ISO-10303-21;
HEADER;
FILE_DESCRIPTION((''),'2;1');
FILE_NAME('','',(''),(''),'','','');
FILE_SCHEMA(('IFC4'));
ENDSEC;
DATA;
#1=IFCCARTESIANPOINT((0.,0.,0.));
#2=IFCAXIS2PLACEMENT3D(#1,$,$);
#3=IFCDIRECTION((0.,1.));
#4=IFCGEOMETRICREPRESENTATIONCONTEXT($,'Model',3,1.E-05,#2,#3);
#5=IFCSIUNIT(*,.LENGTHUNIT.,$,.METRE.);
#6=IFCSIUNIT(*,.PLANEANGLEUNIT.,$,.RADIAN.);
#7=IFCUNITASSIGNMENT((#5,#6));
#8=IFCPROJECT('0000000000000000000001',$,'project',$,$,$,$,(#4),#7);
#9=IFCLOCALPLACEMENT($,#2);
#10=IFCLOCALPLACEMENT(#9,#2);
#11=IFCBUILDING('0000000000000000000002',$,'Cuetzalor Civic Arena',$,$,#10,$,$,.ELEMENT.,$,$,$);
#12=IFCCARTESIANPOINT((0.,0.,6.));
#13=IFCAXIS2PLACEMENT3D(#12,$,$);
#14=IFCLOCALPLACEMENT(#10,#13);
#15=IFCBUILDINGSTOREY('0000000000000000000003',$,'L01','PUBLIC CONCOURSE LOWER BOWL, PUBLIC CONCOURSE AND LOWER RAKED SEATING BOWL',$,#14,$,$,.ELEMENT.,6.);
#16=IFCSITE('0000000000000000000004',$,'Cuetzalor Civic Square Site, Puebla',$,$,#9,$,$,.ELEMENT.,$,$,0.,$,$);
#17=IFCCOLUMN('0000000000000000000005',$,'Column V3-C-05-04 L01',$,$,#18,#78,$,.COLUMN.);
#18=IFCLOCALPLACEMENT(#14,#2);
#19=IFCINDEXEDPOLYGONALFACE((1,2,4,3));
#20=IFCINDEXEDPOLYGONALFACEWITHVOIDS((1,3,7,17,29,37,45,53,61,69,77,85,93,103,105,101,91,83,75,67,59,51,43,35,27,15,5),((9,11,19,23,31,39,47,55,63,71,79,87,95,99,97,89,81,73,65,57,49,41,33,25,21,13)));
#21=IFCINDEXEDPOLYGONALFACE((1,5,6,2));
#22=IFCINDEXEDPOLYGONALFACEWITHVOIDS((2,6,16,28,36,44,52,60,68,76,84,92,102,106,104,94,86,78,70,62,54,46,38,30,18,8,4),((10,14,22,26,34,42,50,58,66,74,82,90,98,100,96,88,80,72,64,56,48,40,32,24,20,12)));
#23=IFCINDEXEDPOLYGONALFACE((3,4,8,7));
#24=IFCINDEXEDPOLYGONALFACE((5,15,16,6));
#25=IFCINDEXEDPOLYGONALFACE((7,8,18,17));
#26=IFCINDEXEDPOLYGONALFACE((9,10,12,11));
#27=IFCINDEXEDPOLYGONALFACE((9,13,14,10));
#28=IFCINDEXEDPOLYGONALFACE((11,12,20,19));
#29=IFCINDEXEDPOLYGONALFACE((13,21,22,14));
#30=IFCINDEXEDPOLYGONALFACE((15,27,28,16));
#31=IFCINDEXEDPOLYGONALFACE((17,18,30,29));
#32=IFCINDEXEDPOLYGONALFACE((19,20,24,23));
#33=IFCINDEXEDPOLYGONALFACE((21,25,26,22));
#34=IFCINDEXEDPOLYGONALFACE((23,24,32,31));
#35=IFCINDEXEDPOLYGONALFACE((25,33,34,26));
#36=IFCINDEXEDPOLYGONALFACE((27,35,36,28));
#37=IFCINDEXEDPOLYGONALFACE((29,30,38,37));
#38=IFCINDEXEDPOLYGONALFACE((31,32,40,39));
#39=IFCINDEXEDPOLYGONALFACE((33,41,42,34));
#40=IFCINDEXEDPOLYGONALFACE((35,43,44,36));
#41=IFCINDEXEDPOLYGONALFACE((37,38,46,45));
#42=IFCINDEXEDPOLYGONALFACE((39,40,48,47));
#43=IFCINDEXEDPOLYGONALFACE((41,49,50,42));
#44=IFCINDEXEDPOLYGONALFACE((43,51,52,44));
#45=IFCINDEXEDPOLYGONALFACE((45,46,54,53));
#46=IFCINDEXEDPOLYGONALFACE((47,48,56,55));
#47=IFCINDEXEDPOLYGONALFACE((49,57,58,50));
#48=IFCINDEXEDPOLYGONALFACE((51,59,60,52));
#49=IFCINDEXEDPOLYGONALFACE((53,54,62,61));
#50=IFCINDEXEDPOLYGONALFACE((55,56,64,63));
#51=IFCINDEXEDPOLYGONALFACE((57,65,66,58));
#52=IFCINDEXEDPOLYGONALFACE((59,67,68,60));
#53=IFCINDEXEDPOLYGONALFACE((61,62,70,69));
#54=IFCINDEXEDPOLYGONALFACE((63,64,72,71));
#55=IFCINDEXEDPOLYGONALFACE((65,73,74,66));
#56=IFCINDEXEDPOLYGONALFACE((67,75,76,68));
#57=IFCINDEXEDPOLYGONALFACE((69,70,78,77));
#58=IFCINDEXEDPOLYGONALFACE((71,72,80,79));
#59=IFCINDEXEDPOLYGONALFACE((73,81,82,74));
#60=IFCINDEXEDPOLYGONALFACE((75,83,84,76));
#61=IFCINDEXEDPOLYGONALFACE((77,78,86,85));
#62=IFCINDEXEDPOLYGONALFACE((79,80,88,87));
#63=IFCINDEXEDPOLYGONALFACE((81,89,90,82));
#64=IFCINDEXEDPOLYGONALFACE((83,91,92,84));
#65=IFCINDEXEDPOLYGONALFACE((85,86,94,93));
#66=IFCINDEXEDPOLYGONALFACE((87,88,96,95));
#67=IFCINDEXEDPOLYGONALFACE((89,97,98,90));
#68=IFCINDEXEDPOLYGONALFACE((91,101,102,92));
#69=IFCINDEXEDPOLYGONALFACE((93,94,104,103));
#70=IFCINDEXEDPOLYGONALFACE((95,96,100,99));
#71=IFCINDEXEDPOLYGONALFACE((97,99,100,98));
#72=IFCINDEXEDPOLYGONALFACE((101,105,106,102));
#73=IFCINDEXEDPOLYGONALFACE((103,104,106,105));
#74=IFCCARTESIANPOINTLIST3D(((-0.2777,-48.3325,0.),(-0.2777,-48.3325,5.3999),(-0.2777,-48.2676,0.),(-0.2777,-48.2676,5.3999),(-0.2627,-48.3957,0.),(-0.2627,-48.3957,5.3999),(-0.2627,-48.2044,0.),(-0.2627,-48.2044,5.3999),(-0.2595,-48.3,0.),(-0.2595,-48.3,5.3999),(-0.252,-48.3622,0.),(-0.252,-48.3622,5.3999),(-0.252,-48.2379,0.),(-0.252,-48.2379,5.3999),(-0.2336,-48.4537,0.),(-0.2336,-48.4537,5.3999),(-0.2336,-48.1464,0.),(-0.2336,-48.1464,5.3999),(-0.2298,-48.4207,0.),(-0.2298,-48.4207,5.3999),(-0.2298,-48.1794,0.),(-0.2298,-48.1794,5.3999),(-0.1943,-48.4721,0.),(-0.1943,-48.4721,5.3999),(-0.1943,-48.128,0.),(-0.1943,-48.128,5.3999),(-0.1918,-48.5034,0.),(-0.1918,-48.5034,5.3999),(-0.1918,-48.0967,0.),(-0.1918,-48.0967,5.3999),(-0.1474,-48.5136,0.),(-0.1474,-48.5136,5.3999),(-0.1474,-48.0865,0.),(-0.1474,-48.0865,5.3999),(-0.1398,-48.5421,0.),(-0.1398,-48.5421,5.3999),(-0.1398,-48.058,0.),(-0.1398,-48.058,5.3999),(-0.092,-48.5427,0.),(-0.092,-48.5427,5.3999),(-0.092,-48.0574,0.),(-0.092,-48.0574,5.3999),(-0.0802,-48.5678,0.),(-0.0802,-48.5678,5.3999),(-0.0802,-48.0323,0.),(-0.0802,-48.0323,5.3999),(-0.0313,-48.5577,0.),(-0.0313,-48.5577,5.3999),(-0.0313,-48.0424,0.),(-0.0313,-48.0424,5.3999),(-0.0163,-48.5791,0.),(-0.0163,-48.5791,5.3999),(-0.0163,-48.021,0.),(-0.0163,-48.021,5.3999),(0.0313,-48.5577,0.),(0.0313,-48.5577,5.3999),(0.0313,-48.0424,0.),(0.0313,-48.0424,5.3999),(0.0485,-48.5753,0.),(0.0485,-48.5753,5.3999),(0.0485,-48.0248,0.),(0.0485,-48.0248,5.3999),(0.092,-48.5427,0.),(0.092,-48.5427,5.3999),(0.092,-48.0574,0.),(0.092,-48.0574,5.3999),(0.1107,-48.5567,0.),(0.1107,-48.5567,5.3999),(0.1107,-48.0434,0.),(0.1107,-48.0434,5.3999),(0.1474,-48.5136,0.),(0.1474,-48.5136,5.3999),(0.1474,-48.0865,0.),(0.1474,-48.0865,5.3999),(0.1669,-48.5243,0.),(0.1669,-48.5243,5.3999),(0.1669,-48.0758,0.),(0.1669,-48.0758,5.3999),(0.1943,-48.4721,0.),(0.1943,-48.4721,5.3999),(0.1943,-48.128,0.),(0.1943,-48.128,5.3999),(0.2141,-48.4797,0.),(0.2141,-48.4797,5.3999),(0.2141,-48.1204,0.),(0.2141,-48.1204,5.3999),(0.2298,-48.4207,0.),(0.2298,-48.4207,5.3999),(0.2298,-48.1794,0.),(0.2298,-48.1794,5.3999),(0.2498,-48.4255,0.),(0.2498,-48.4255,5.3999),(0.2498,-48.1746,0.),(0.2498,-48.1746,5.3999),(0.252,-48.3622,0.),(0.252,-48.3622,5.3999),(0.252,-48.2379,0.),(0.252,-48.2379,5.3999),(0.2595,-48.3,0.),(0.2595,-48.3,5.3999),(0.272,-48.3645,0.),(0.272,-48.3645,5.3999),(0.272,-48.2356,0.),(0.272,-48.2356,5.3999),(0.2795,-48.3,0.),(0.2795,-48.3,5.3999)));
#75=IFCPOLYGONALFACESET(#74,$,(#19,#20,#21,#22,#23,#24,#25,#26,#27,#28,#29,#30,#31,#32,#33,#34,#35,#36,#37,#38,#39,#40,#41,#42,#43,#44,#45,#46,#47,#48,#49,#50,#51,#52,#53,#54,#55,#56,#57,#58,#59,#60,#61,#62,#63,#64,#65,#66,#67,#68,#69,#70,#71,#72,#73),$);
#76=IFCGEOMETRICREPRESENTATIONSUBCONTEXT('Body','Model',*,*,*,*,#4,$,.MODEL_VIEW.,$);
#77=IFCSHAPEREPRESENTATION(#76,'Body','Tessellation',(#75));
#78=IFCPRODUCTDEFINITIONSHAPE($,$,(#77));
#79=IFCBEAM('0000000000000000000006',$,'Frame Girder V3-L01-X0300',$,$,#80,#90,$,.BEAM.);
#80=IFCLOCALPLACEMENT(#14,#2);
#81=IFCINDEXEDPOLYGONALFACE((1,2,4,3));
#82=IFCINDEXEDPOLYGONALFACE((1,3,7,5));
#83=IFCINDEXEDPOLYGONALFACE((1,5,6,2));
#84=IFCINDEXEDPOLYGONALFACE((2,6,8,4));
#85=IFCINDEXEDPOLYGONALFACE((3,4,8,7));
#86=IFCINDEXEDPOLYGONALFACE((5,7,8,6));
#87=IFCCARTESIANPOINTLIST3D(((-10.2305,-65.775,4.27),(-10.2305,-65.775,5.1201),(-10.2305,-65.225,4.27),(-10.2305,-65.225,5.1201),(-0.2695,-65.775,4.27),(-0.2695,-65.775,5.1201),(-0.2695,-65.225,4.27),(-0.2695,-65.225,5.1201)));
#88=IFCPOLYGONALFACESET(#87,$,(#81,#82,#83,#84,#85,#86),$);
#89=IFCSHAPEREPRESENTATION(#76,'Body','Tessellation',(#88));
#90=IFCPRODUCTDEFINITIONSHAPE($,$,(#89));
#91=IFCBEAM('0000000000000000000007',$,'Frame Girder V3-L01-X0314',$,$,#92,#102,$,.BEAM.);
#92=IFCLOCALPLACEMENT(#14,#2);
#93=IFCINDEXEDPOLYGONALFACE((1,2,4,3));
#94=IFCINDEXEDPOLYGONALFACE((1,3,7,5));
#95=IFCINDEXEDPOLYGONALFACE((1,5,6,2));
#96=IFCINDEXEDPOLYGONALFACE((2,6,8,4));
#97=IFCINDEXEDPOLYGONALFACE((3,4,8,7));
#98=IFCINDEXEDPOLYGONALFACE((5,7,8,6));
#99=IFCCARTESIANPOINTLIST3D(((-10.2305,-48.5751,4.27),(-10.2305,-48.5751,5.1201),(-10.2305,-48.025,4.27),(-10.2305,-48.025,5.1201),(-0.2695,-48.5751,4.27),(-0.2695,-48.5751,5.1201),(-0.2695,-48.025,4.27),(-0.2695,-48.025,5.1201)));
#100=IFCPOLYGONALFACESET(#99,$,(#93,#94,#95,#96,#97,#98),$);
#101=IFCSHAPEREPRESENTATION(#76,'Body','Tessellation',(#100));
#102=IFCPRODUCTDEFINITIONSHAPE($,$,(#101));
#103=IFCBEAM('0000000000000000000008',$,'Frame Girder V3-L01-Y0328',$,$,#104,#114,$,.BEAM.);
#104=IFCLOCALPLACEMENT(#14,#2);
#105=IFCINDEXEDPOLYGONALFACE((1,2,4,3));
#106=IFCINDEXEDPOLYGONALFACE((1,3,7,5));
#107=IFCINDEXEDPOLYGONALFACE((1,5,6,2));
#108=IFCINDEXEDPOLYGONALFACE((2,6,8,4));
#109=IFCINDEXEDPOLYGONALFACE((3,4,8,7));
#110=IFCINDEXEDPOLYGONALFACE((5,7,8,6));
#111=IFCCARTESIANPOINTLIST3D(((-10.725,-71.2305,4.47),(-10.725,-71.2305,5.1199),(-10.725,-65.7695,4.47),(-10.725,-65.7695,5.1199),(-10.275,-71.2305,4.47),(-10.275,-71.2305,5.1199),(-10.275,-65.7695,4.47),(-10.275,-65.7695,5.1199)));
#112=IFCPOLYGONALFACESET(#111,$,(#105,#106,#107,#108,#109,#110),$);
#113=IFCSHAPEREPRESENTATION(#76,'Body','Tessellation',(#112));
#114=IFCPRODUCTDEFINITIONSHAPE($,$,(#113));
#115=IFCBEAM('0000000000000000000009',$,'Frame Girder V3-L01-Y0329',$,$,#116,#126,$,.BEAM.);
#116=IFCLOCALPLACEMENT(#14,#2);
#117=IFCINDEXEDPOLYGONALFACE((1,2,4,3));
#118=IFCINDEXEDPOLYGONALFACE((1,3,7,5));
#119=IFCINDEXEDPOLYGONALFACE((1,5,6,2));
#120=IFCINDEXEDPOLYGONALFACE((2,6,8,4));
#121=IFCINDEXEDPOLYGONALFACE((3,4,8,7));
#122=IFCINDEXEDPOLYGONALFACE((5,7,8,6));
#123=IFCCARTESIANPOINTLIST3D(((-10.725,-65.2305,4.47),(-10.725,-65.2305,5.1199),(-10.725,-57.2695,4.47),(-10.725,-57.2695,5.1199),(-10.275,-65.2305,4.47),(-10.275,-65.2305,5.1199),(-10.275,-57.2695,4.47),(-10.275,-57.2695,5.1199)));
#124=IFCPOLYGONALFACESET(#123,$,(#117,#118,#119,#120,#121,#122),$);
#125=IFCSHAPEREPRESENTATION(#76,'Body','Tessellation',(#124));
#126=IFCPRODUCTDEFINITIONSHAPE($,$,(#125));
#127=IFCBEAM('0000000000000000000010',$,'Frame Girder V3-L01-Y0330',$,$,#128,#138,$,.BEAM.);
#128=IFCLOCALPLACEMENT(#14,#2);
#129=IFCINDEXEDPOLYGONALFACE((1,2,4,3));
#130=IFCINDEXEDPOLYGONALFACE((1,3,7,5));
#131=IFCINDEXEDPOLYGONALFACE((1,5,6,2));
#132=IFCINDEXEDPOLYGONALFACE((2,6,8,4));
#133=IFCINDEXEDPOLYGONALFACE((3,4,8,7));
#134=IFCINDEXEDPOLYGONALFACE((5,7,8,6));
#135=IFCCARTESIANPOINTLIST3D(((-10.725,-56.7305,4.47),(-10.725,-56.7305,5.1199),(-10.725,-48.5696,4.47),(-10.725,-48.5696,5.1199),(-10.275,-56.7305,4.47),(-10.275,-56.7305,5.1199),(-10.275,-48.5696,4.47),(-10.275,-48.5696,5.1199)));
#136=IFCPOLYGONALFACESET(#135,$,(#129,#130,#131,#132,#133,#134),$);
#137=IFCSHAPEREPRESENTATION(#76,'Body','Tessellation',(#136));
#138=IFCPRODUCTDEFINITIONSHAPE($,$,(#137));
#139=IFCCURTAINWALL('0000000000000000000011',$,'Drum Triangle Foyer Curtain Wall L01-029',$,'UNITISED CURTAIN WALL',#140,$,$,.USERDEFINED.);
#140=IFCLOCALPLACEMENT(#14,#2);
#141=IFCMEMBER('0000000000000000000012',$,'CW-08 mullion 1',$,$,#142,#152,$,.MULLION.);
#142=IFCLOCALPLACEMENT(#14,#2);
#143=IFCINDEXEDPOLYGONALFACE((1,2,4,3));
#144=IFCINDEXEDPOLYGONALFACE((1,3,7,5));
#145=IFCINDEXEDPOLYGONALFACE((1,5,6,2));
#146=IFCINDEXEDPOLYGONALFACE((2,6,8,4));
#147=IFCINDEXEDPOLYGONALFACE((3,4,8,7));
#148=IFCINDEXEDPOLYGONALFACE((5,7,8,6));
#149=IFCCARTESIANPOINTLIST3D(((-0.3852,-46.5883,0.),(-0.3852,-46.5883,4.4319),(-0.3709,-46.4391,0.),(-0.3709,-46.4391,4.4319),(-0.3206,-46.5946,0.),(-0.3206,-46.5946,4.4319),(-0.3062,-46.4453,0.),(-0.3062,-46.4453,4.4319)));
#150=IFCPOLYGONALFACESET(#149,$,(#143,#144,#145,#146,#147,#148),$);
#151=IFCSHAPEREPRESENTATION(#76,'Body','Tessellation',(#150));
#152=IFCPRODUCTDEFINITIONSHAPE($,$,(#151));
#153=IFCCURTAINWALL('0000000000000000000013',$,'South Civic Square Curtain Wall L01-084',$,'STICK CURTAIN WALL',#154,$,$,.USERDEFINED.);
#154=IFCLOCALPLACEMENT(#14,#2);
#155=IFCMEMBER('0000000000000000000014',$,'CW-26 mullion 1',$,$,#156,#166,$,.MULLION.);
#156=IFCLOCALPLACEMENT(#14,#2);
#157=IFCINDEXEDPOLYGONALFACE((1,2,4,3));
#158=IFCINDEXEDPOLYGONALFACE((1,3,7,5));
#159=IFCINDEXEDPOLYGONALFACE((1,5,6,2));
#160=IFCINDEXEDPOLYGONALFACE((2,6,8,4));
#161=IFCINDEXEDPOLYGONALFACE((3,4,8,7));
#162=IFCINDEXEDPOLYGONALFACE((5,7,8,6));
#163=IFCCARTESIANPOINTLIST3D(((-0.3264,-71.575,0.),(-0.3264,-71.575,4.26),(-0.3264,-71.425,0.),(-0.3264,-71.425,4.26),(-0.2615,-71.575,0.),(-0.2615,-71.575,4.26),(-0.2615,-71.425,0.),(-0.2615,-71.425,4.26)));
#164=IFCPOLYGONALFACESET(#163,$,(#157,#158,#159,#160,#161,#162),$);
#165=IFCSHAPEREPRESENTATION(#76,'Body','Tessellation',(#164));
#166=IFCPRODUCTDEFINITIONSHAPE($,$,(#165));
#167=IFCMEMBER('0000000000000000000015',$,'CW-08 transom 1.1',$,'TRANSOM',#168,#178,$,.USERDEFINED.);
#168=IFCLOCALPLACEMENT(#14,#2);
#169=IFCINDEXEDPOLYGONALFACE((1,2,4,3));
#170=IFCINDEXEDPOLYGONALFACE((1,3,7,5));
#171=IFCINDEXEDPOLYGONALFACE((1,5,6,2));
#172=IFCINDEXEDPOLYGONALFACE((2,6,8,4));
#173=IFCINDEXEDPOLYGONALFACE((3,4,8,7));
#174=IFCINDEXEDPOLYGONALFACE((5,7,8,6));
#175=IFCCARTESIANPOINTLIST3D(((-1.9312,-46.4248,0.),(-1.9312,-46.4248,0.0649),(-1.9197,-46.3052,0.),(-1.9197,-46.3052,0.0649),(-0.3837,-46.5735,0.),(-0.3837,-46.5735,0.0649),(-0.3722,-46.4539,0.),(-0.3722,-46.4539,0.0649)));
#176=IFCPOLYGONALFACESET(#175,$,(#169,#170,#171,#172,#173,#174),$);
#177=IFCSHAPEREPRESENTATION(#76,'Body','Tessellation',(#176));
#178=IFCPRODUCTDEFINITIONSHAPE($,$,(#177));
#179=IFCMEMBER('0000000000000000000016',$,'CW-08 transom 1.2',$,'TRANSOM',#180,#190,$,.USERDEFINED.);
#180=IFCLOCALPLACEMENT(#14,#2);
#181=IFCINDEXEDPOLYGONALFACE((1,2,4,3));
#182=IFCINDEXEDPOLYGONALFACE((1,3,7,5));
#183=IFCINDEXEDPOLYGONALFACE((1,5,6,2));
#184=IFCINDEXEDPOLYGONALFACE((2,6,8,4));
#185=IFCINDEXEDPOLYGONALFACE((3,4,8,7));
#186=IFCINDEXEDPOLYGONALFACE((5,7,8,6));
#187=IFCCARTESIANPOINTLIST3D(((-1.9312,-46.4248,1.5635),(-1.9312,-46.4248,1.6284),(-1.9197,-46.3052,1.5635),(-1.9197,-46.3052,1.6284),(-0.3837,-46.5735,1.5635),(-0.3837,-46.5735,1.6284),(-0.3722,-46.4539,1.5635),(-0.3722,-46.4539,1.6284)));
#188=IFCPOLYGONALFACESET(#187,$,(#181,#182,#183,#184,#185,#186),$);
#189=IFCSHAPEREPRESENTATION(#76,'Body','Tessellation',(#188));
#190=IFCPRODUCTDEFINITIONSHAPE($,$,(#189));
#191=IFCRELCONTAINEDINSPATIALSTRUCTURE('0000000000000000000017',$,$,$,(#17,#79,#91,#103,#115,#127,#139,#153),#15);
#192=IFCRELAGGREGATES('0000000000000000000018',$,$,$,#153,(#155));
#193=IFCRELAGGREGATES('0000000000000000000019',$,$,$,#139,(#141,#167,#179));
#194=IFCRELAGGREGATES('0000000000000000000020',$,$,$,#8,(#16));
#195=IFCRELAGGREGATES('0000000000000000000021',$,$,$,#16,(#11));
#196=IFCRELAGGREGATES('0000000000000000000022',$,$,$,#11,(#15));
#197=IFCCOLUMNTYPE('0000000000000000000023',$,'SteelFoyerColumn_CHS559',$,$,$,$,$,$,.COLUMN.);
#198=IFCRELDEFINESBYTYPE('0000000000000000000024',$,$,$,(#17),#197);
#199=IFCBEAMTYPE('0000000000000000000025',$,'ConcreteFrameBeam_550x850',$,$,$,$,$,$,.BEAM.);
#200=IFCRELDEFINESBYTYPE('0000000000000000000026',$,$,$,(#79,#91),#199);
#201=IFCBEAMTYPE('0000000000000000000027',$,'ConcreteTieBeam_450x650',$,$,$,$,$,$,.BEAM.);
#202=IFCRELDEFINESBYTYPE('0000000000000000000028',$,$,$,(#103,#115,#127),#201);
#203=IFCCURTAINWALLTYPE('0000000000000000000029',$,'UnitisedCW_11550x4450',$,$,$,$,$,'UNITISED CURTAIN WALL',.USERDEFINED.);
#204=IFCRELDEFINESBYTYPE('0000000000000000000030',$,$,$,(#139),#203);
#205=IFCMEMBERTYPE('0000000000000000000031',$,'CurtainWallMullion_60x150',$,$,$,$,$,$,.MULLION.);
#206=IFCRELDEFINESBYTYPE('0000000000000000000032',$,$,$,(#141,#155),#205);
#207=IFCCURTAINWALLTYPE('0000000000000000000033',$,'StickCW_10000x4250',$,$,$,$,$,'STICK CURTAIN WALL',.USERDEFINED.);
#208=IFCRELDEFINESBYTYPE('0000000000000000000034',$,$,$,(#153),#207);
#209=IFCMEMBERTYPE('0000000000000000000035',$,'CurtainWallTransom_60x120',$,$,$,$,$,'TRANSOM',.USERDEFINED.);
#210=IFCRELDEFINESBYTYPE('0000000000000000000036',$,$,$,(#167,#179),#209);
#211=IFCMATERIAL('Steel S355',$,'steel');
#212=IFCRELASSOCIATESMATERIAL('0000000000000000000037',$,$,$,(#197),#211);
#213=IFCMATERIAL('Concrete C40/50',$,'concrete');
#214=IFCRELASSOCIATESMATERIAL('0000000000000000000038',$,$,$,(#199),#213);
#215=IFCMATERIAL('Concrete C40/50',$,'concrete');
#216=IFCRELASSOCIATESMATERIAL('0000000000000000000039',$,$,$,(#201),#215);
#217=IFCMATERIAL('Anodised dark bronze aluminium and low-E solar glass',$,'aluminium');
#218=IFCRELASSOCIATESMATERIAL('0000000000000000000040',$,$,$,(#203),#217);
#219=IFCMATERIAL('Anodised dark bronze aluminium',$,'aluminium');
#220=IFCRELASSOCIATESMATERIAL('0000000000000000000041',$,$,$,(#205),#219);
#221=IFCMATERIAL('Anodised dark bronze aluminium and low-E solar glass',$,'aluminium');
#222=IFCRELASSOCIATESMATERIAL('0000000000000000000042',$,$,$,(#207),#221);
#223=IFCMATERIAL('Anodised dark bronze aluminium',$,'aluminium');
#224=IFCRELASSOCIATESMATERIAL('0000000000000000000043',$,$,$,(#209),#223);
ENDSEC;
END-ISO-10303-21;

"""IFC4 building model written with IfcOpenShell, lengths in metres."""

from ifc_helpers import new_model, si_unit, direction, frame, origin, origin_2d, place, context, subcontext, project, spatial, rectangle, hollow_circle, extrude, material, material_profile, profile_set, type_object, element, aggregate, save


model = new_model("IFC4")

# Units and contexts
model_context = context("Model", 3, precision=1e-05, world=origin(), true_north=direction((0.0, 1.0)))
body_context = subcontext(model_context, "Body", "Model", "MODEL_VIEW")
ifc_project = project(units=[si_unit("LENGTHUNIT", "METRE"), si_unit("PLANEANGLEUNIT", "RADIAN")], contexts=[model_context])

# Site, building, storey
site_placement = place(None, origin())
site = spatial("IfcSite", under=ifc_project, at=site_placement, Name="Cuetzalor Civic Square Site, Puebla", CompositionType="ELEMENT", RefElevation=0.0)
building_placement = place(site_placement, origin())
building = spatial("IfcBuilding", under=site, at=building_placement, Name="Cuetzalor Civic Arena", CompositionType="ELEMENT")
storey_placement = place(building_placement, frame((0.0, 0.0, 6.0)))
storey = spatial("IfcBuildingStorey", under=building, at=storey_placement, Name="L01", Description="PUBLIC CONCOURSE LOWER BOWL, PUBLIC CONCOURSE AND LOWER RAKED SEATING BOWL", CompositionType="ELEMENT", Elevation=6.0)

# Column
ifc_material_1 = material(Name="Steel S355", Category="steel")
ifc_material_profile_1 = material_profile(ifc_material_1, hollow_circle(Radius=0.2795, WallThickness=0.02, at=origin_2d()), Name="CHS 559x20")
ifc_profile_set_1 = profile_set([ifc_material_profile_1], Name="Steel S355")
column_type_1 = type_object("IfcColumnType", Name="SteelFoyerColumn_CHS559", PredefinedType="COLUMN", material=ifc_profile_set_1)
for number, where, z_axis, x_axis, name in (
    (1, (0.0, -48.3, 0.0), (0.0, 0.0, 1.0), (1.0, 0.0, 0.0), "Column V3-C-05-04 L01"),
):
    element("IfcColumn", number, at=place(storey_placement, frame(where, z_axis=z_axis, x_axis=x_axis)), inside=storey, type_object=column_type_1, Name=name, PredefinedType="COLUMN", context=body_context, shape_type="SweptSolid", body=[
        extrude(hollow_circle(Radius=0.2795, WallThickness=0.02, at=origin_2d()), origin(), (0.0, 0.0, 1.0), 5.3999),
    ])

# Beams
ifc_material_2 = material(Name="Concrete C40/50", Category="concrete")
ifc_material_profile_2 = material_profile(ifc_material_2, rectangle(XDim=0.55, YDim=0.8501, at=origin_2d()), Name="RC 550x850")
ifc_profile_set_2 = profile_set([ifc_material_profile_2], Name="Concrete C40/50")
beam_type_1 = type_object("IfcBeamType", Name="ConcreteFrameBeam_550x850", PredefinedType="BEAM", material=ifc_profile_set_2)
for number, where, z_axis, x_axis, name in (
    (2, (-10.2305, -65.5, 4.6951), (1.0, 0.0, 0.0), (0.0, 1.0, 0.0), "Frame Girder V3-L01-X0300"),
    (3, (-10.2305, -48.3, 4.6951), (1.0, 0.0, 0.0), (0.0, 1.0, 0.0), "Frame Girder V3-L01-X0314"),
):
    element("IfcBeam", number, at=place(storey_placement, frame(where, z_axis=z_axis, x_axis=x_axis)), inside=storey, type_object=beam_type_1, Name=name, PredefinedType="BEAM", context=body_context, shape_type="SweptSolid", body=[
        extrude(rectangle(XDim=0.55, YDim=0.8501, at=origin_2d()), origin(), (0.0, 0.0, 1.0), 9.9609),
    ])
ifc_material_3 = material(Name="Concrete C40/50", Category="concrete")
ifc_material_profile_3 = material_profile(ifc_material_3, rectangle(XDim=0.45, YDim=0.6499, at=origin_2d()), Name="RC 450x650")
ifc_profile_set_3 = profile_set([ifc_material_profile_3], Name="Concrete C40/50")
beam_type_2 = type_object("IfcBeamType", Name="ConcreteTieBeam_450x650", PredefinedType="BEAM", material=ifc_profile_set_3)
beam_1_placement = place(storey_placement, frame((-10.5, -71.2305, 4.7949), z_axis=(0.0, 1.0, 0.0), x_axis=(-1.0, 0.0, 0.0)))
element("IfcBeam", 4, at=beam_1_placement, inside=storey, type_object=beam_type_2, Name="Frame Girder V3-L01-Y0328", PredefinedType="BEAM", context=body_context, shape_type="SweptSolid", body=[
    extrude(rectangle(XDim=0.45, YDim=0.6499, at=origin_2d()), origin(), (0.0, 0.0, 1.0), 5.4609),
])
beam_2_placement = place(storey_placement, frame((-10.5, -65.2305, 4.7949), z_axis=(0.0, 1.0, 0.0), x_axis=(-1.0, 0.0, 0.0)))
element("IfcBeam", 5, at=beam_2_placement, inside=storey, type_object=beam_type_2, Name="Frame Girder V3-L01-Y0329", PredefinedType="BEAM", context=body_context, shape_type="SweptSolid", body=[
    extrude(rectangle(XDim=0.45, YDim=0.6499, at=origin_2d()), origin(), (0.0, 0.0, 1.0), 7.9609),
])
beam_3_placement = place(storey_placement, frame((-10.5, -56.7305, 4.7949), z_axis=(0.0, 1.0, 0.0), x_axis=(-1.0, 0.0, 0.0)))
element("IfcBeam", 6, at=beam_3_placement, inside=storey, type_object=beam_type_2, Name="Frame Girder V3-L01-Y0330", PredefinedType="BEAM", context=body_context, shape_type="SweptSolid", body=[
    extrude(rectangle(XDim=0.45, YDim=0.6499, at=origin_2d()), origin(), (0.0, 0.0, 1.0), 8.1609),
])

# Curtain walls, members
ifc_material_4 = material(Name="Anodised dark bronze aluminium and low-E solar glass", Category="aluminium")
curtain_wall_type_1 = type_object("IfcCurtainWallType", Name="UnitisedCW_11550x4450", ElementType="UNITISED CURTAIN WALL", PredefinedType="USERDEFINED", material=ifc_material_4)
curtain_wall_1_placement = place(storey_placement, origin())
curtain_wall_1 = element("IfcCurtainWall", 7, at=curtain_wall_1_placement, inside=storey, type_object=curtain_wall_type_1, Name="Drum Triangle Foyer Curtain Wall L01-029", ObjectType="UNITISED CURTAIN WALL", PredefinedType="USERDEFINED")
ifc_material_5 = material(Name="Anodised dark bronze aluminium", Category="aluminium")
ifc_material_profile_4 = material_profile(ifc_material_5, rectangle(XDim=0.0649, YDim=0.1499, at=origin_2d()), Name="ALU MULLION 65x150")
ifc_profile_set_4 = profile_set([ifc_material_profile_4], Name="Anodised dark bronze aluminium")
member_type_1 = type_object("IfcMemberType", Name="CurtainWallMullion_60x150", PredefinedType="MULLION", material=ifc_profile_set_4)
member_1_placement = place(storey_placement, frame((-0.3457, -46.5168, 0.0), z_axis=(0.0, 0.0, 1.0), x_axis=(-0.995409, 0.095711, 0.0)))
member_1 = element("IfcMember", 8, at=member_1_placement, type_object=member_type_1, Name="CW-08 mullion 1", PredefinedType="MULLION", context=body_context, shape_type="SweptSolid", body=[
    extrude(rectangle(XDim=0.0649, YDim=0.1499, at=origin_2d()), origin(), (0.0, 0.0, 1.0), 4.4319),
])
ifc_material_6 = material(Name="Anodised dark bronze aluminium and low-E solar glass", Category="aluminium")
curtain_wall_type_2 = type_object("IfcCurtainWallType", Name="StickCW_10000x4250", ElementType="STICK CURTAIN WALL", PredefinedType="USERDEFINED", material=ifc_material_6)
curtain_wall_2_placement = place(storey_placement, origin())
curtain_wall_2 = element("IfcCurtainWall", 9, at=curtain_wall_2_placement, inside=storey, type_object=curtain_wall_type_2, Name="South Civic Square Curtain Wall L01-084", ObjectType="STICK CURTAIN WALL", PredefinedType="USERDEFINED")
member_2_placement = place(storey_placement, frame((-0.2939, -71.5, 0.0), z_axis=(0.0, 0.0, 1.0), x_axis=(-1.0, 0.0, 0.0)))
member_2 = element("IfcMember", 10, at=member_2_placement, type_object=member_type_1, Name="CW-26 mullion 1", PredefinedType="MULLION", context=body_context, shape_type="SweptSolid", body=[
    extrude(rectangle(XDim=0.0649, YDim=0.1499, at=origin_2d()), origin(), (0.0, 0.0, 1.0), 4.26),
])
aggregate(curtain_wall_2, [member_2])

# Members
ifc_material_7 = material(Name="Anodised dark bronze aluminium", Category="aluminium")
ifc_material_profile_5 = material_profile(ifc_material_7, rectangle(XDim=0.1201, YDim=0.0649, at=origin_2d()), Name="ALU TRANSOM 65x120")
ifc_profile_set_5 = profile_set([ifc_material_profile_5], Name="Anodised dark bronze aluminium")
member_type_2 = type_object("IfcMemberType", Name="CurtainWallTransom_60x120", ElementType="TRANSOM", PredefinedType="USERDEFINED", material=ifc_profile_set_5)
member_3_placement = place(storey_placement, frame((-0.3779, -46.5137, 0.0325), z_axis=(-0.995417, 0.095632, 0.0), x_axis=(-0.095632, -0.995417, 0.0)))
member_3 = element("IfcMember", 11, at=member_3_placement, type_object=member_type_2, Name="CW-08 transom 1.1", ObjectType="TRANSOM", PredefinedType="USERDEFINED", context=body_context, shape_type="SweptSolid", body=[
    extrude(rectangle(XDim=0.1201, YDim=0.0649, at=origin_2d()), origin(), (0.0, 0.0, 1.0), 1.5547),
])
member_4_placement = place(storey_placement, frame((-0.3779, -46.5137, 1.5959), z_axis=(-0.995417, 0.095632, 0.0), x_axis=(-0.095632, -0.995417, 0.0)))
member_4 = element("IfcMember", 12, at=member_4_placement, type_object=member_type_2, Name="CW-08 transom 1.2", ObjectType="TRANSOM", PredefinedType="USERDEFINED", context=body_context, shape_type="SweptSolid", body=[
    extrude(rectangle(XDim=0.1201, YDim=0.0649, at=origin_2d()), origin(), (0.0, 0.0, 1.0), 1.5547),
])
aggregate(curtain_wall_1, [member_1, member_3, member_4])

save(model, "model.ifc")
